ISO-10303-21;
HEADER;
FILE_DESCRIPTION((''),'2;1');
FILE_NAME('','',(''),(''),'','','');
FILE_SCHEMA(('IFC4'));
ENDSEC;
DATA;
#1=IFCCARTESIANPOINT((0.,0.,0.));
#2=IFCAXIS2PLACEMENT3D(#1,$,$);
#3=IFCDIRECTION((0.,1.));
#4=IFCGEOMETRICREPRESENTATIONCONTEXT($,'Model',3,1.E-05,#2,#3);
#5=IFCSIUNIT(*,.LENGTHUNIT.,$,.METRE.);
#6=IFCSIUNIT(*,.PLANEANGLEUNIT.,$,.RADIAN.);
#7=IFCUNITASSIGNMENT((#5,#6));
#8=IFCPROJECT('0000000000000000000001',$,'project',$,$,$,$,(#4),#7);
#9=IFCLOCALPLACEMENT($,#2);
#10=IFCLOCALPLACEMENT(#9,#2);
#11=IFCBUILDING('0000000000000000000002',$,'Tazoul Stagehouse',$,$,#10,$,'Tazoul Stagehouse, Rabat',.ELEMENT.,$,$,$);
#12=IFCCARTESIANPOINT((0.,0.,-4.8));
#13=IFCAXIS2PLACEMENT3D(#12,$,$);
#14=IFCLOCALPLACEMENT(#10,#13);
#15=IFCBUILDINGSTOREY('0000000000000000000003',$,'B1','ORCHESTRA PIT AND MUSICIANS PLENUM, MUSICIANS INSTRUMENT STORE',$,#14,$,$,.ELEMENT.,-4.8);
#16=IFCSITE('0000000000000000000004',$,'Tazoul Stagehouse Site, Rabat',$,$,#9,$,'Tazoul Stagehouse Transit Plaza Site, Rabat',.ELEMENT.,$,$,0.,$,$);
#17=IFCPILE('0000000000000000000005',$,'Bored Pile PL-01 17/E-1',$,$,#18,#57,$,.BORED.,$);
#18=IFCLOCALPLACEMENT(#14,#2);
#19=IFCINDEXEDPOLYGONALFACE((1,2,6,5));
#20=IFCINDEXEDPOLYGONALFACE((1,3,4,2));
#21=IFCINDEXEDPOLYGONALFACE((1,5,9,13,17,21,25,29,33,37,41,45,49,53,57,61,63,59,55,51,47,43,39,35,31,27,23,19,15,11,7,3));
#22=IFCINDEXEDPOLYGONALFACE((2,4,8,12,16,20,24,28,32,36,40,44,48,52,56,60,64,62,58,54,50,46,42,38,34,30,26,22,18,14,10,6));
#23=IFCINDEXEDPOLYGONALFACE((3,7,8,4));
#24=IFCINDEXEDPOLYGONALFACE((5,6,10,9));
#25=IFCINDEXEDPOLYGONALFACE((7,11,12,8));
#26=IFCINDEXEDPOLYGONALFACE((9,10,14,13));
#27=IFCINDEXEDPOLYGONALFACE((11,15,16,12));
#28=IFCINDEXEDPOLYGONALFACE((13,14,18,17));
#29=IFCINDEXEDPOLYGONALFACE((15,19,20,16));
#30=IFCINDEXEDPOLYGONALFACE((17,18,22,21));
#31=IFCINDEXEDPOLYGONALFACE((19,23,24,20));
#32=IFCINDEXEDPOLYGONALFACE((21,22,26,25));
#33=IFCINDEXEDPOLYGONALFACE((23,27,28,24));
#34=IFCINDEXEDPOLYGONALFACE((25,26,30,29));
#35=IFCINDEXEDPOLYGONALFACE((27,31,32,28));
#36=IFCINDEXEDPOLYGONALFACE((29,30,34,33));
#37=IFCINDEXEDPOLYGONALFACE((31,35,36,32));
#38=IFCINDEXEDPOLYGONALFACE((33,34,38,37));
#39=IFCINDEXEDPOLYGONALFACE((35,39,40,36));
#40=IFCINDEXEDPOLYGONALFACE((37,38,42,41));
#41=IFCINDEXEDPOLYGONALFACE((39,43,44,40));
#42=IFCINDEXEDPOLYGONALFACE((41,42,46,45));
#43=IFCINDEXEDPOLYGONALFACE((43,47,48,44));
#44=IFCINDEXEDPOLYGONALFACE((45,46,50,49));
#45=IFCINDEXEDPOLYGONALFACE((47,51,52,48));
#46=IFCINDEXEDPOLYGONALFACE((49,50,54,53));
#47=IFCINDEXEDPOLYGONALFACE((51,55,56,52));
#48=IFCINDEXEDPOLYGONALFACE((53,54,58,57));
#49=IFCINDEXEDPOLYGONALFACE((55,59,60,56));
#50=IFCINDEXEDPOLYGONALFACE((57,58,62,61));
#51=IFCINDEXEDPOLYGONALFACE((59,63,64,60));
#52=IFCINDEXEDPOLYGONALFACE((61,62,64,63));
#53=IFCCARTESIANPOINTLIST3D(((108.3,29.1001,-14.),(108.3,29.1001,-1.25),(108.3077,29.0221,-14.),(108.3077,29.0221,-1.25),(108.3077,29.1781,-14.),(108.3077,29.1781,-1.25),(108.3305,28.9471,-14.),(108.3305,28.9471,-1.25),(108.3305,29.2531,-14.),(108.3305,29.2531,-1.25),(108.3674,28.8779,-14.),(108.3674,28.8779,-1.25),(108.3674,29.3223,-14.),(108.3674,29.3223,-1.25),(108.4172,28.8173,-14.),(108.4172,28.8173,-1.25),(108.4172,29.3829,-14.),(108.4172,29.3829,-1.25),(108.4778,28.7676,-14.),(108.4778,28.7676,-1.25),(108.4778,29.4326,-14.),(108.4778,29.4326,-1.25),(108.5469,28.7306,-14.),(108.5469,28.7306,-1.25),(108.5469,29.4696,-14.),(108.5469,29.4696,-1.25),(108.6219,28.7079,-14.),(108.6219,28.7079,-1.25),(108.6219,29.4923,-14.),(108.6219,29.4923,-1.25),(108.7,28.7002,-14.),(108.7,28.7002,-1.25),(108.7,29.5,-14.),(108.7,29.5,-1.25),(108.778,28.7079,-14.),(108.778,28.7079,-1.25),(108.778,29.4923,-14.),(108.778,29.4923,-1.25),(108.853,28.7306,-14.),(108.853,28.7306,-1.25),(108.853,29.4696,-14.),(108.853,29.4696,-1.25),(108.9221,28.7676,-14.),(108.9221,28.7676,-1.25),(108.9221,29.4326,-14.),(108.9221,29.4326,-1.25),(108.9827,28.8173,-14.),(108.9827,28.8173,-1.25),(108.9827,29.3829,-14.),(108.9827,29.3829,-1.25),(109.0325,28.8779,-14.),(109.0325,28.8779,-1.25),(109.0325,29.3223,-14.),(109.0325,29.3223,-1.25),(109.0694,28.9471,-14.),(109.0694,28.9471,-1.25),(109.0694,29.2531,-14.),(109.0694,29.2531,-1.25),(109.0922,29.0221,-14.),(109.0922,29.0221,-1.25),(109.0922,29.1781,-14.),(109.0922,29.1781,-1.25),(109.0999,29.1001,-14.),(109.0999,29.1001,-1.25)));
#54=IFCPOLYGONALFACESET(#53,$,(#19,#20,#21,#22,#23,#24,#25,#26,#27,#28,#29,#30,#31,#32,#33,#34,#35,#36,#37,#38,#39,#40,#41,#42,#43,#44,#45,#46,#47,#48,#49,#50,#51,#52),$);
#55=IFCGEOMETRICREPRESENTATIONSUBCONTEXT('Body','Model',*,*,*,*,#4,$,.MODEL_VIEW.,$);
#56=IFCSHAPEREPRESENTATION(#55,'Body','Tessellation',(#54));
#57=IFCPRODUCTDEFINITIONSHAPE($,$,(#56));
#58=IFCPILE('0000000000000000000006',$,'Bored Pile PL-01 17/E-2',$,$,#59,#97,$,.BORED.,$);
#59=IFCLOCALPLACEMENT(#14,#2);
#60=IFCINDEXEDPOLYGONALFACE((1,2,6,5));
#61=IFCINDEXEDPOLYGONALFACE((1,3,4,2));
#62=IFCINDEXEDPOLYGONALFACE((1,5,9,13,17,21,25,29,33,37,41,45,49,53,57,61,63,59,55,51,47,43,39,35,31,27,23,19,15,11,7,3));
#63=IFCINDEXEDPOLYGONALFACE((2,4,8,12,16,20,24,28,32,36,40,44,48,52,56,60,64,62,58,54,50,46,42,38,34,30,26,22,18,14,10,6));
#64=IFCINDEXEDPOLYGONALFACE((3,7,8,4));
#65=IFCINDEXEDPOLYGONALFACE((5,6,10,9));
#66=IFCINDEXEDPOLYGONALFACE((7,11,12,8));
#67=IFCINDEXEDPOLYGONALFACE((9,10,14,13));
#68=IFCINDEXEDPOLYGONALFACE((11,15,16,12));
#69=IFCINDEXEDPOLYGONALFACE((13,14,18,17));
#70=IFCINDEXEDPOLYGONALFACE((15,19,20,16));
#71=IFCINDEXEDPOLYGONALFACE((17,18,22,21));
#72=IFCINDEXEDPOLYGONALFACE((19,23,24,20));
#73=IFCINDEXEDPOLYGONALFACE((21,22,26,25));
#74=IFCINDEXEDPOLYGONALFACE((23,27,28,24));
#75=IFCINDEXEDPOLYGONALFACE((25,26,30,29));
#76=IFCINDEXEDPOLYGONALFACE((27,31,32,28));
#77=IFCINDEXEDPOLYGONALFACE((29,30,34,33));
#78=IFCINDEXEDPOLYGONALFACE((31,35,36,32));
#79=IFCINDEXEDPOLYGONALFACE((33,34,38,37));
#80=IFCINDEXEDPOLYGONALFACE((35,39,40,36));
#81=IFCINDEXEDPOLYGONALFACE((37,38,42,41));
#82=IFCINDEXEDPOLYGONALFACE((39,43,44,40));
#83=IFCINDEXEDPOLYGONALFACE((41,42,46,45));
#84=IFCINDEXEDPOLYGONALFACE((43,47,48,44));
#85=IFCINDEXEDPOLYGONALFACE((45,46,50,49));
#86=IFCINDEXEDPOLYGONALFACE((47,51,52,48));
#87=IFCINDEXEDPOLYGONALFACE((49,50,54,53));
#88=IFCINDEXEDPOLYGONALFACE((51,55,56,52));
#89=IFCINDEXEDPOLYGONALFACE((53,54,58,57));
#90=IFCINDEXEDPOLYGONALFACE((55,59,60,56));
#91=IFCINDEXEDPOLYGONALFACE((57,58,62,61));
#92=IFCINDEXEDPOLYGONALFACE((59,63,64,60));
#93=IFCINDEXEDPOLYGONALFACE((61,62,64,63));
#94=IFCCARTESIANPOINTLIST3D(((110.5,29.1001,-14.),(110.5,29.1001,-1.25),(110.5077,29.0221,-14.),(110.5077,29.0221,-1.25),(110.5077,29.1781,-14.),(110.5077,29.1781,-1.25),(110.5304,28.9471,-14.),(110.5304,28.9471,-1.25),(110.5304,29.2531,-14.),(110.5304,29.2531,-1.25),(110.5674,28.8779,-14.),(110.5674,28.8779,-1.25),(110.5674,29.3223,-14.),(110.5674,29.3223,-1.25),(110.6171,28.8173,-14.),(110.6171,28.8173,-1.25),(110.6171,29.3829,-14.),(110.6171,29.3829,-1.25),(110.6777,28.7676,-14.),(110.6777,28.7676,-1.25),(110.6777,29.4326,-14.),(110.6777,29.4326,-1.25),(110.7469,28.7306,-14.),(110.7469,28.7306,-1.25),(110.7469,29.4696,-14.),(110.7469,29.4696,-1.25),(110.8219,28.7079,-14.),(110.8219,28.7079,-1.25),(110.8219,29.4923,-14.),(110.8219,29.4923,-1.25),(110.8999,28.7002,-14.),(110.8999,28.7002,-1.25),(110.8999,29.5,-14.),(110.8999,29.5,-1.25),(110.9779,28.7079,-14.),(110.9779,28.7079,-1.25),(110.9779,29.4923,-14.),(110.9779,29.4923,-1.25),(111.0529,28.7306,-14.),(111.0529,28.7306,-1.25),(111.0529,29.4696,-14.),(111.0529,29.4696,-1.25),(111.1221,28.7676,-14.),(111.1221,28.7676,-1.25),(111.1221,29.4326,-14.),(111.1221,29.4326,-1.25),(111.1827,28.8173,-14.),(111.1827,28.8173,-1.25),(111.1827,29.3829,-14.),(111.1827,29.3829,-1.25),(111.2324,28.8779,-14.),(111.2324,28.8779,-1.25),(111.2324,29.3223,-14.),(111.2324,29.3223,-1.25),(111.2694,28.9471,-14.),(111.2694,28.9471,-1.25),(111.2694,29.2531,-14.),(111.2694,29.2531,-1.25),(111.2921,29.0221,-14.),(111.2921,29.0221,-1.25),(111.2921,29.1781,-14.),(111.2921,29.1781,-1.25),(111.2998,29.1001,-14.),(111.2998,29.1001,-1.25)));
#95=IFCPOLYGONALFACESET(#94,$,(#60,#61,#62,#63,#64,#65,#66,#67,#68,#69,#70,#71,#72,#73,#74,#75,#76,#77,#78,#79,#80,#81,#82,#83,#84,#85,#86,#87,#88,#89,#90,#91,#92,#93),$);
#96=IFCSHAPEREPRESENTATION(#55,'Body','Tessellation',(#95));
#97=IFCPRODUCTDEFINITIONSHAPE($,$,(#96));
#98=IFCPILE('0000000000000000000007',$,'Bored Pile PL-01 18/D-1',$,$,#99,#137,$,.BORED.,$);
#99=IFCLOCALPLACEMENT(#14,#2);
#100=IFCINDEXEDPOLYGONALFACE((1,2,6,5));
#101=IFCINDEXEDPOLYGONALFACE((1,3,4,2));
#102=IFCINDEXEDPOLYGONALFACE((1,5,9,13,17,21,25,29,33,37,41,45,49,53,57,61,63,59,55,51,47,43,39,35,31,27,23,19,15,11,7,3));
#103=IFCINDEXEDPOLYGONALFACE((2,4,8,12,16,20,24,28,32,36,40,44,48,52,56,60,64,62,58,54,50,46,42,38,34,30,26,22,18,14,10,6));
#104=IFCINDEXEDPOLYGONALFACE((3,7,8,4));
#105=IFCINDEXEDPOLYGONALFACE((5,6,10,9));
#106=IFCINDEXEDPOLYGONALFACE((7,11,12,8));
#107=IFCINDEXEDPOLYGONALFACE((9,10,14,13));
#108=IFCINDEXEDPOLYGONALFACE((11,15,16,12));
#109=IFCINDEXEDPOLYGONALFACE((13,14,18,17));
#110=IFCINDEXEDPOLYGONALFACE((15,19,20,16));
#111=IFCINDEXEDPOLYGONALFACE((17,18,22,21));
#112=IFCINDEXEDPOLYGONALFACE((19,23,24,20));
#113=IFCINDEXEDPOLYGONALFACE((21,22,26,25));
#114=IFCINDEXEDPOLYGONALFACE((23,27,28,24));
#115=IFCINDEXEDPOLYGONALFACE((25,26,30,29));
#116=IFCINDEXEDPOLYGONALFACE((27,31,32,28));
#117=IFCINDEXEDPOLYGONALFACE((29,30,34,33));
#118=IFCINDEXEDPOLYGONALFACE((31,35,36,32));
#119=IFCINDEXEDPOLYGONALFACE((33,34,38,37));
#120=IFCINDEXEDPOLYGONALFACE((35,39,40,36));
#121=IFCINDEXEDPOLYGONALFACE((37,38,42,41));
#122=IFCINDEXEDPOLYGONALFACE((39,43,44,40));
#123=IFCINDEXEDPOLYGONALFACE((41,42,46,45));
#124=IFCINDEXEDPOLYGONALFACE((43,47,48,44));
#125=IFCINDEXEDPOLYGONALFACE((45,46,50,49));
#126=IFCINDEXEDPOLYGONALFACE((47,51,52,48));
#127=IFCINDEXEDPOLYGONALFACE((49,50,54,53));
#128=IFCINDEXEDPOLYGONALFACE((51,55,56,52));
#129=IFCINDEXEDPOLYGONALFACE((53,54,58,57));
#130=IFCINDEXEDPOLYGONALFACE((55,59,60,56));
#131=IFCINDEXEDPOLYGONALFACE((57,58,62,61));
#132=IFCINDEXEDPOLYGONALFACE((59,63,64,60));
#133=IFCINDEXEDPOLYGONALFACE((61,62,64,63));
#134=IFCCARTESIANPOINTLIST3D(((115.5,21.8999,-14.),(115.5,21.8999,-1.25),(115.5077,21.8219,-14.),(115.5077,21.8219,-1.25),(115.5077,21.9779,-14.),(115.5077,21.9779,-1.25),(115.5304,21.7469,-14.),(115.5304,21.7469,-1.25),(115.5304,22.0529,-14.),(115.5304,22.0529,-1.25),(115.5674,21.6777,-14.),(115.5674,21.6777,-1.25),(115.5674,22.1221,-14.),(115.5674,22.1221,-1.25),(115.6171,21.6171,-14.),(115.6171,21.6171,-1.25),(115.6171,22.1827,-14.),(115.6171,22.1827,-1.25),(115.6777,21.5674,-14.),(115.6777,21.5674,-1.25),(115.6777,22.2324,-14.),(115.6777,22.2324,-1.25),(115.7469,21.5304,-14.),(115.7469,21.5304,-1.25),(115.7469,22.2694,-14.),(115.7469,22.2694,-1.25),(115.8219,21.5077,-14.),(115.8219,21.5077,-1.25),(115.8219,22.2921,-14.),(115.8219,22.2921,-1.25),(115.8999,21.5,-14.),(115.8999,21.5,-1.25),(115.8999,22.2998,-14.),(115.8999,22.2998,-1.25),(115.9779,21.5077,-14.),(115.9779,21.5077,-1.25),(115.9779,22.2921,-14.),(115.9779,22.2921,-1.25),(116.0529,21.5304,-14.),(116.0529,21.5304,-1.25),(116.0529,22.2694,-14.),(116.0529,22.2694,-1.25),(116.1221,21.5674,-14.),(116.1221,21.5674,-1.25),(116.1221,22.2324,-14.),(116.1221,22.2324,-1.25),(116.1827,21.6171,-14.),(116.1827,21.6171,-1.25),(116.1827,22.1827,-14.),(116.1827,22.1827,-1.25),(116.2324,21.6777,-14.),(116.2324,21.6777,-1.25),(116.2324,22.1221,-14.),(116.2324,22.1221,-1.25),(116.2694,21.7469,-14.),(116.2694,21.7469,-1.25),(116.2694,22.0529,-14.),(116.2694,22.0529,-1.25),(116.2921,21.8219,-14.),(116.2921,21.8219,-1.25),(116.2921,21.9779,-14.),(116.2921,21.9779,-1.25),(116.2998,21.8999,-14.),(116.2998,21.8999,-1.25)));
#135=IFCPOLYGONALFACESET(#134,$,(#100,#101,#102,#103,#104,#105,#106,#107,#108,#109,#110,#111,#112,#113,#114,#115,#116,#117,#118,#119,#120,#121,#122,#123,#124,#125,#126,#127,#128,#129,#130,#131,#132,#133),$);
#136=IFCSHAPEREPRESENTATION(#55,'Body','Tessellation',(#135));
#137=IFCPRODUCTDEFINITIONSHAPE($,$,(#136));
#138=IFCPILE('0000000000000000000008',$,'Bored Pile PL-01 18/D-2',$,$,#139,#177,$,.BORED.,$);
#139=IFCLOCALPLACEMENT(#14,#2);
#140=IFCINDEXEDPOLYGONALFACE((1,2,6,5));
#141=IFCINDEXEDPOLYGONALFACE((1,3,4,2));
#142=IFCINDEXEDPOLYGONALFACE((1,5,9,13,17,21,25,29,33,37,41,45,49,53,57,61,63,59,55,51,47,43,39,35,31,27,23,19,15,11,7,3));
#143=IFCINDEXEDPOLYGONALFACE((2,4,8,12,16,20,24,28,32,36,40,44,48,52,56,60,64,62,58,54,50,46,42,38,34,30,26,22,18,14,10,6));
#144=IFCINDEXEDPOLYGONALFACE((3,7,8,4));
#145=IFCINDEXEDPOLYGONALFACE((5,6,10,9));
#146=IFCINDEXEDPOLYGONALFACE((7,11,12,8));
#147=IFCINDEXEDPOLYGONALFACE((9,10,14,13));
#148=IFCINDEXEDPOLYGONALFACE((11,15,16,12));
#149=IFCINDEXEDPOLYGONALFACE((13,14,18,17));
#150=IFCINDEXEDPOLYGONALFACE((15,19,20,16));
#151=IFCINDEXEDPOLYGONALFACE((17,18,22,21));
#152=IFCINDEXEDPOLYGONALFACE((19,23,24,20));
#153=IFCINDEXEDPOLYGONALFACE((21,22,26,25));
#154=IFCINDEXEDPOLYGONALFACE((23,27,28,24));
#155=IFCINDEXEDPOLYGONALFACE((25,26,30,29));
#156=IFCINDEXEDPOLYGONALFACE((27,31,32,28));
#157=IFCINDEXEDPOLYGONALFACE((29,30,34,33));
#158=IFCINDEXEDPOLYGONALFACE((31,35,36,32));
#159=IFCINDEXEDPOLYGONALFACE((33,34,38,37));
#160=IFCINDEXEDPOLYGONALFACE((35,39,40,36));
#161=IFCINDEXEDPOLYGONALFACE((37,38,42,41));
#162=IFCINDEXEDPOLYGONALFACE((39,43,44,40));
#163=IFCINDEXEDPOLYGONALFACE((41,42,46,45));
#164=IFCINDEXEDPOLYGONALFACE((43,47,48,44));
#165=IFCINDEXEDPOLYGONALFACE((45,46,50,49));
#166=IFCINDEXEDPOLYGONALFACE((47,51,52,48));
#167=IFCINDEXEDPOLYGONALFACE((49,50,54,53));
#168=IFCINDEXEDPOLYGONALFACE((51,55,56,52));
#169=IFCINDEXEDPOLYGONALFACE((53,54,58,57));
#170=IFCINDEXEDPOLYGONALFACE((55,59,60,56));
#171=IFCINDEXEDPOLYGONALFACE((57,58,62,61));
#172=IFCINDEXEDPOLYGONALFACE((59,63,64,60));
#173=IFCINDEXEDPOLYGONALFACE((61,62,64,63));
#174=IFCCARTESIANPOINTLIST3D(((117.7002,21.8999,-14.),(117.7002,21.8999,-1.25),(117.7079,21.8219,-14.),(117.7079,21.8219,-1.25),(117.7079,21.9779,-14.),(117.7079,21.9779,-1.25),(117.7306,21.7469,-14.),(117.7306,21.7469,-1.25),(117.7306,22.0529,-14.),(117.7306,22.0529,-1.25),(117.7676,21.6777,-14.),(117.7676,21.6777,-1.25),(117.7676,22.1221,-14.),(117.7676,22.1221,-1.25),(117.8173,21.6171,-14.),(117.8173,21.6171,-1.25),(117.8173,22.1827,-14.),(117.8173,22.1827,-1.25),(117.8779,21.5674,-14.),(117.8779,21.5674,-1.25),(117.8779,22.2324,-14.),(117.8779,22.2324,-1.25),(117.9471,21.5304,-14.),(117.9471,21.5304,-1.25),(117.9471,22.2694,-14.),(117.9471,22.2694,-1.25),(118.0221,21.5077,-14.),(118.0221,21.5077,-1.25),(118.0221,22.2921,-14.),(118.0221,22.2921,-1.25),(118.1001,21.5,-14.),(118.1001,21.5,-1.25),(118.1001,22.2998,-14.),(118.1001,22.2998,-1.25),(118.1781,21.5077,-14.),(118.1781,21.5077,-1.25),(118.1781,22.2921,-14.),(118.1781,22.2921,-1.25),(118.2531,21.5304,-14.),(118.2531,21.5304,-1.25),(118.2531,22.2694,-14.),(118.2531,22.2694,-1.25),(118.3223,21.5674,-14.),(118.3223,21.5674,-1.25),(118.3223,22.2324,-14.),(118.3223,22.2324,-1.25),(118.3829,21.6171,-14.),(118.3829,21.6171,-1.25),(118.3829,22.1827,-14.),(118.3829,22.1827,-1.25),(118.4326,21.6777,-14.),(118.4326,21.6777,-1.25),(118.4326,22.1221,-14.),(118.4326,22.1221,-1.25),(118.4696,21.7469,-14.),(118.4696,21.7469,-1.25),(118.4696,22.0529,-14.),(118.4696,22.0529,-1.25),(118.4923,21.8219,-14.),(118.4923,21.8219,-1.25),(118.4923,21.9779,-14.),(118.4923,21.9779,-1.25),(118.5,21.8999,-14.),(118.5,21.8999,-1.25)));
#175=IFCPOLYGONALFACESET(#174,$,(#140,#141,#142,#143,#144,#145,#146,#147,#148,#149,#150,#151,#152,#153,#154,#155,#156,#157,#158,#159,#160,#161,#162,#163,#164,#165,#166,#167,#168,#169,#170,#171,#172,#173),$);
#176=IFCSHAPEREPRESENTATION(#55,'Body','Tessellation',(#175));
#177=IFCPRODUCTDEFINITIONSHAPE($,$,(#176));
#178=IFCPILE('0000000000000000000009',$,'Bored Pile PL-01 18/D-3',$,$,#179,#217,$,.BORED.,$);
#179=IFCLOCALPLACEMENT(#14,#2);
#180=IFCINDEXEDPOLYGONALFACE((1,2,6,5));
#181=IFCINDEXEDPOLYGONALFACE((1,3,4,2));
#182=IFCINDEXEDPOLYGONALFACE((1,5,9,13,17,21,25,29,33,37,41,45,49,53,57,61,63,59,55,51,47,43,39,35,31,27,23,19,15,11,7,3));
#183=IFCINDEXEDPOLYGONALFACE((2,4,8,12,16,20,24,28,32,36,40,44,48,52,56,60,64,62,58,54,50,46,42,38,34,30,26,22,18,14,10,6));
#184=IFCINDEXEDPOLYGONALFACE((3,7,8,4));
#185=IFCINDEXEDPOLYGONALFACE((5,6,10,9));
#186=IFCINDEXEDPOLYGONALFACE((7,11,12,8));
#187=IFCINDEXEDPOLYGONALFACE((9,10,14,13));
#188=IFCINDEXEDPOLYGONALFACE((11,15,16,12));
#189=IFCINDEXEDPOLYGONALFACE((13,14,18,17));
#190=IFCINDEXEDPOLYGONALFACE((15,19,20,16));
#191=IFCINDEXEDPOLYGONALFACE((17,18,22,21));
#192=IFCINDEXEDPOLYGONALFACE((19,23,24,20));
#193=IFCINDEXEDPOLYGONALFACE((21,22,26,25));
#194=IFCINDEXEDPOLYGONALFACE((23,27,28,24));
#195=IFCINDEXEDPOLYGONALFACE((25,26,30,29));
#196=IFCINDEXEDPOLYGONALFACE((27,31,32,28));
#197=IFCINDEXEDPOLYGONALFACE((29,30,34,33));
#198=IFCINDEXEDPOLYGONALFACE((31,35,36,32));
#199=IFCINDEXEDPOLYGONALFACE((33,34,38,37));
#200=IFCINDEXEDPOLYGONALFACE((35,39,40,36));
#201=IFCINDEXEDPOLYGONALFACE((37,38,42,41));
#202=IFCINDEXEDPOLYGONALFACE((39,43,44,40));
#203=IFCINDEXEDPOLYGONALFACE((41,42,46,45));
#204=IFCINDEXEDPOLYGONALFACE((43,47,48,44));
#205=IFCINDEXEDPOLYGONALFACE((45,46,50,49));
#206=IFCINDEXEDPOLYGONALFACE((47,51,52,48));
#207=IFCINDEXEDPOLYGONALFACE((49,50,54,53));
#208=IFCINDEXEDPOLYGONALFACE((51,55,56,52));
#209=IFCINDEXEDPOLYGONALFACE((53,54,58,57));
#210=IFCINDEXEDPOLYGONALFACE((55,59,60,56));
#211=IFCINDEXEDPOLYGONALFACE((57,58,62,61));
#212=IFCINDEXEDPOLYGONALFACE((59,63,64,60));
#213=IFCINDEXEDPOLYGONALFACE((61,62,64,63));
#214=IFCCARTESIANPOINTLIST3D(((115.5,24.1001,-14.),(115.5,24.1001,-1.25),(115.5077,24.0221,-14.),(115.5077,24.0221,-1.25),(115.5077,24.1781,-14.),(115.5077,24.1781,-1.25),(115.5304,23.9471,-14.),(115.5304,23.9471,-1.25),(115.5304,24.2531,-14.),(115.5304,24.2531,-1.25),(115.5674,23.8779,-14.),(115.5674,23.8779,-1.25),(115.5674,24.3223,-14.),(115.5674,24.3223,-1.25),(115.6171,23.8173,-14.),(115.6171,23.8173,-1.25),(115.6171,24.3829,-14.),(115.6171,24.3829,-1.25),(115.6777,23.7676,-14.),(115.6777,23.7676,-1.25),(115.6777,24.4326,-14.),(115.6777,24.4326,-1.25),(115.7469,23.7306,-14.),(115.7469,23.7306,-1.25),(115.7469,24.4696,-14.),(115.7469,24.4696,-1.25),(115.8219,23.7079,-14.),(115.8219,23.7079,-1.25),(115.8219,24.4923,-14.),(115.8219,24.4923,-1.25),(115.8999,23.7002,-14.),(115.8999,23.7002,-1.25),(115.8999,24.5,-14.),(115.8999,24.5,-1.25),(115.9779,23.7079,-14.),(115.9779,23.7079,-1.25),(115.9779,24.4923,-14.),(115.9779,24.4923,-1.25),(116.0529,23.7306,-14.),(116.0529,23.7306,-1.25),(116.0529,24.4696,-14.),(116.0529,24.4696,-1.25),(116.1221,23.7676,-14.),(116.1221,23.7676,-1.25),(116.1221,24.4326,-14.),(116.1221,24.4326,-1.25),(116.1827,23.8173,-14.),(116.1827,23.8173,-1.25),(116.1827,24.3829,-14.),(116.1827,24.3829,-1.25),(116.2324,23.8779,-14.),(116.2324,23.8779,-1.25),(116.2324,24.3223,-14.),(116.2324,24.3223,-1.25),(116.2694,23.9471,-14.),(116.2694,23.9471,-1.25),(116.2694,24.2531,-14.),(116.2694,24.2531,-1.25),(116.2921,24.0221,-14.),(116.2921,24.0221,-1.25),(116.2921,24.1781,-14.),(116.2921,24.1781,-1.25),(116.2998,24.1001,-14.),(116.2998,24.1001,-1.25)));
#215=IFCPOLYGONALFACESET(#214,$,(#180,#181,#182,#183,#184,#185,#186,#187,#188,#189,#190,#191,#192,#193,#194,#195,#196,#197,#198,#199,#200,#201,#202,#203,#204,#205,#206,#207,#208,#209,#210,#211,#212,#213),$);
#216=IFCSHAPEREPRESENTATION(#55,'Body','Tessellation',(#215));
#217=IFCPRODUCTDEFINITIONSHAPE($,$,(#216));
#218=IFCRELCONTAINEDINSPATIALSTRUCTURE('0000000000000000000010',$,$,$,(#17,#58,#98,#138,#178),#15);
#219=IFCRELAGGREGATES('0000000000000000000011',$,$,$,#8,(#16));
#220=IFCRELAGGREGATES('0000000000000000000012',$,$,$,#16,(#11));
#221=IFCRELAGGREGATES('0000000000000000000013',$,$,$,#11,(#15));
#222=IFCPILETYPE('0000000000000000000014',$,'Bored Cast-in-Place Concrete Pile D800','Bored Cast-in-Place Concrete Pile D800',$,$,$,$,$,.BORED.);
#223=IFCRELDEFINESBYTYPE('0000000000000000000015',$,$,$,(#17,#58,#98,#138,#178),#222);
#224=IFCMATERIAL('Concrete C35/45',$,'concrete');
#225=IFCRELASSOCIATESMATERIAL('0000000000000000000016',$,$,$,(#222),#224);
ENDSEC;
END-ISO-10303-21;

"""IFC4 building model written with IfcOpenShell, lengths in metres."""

from ifc_helpers import new_model, si_unit, direction, frame, origin, origin_2d, place, context, subcontext, project, spatial, circle, extrude, material, material_profile, profile_set, type_object, element, save


model = new_model("IFC4")

# Units and contexts
model_context = context("Model", 3, precision=1e-05, world=origin(), true_north=direction((0.0, 1.0)))
body_context = subcontext(model_context, "Body", "Model", "MODEL_VIEW")
ifc_project = project(units=[si_unit("LENGTHUNIT", "METRE"), si_unit("PLANEANGLEUNIT", "RADIAN")], contexts=[model_context])

# Site, building, storey
site_placement = place(None, origin())
site = spatial("IfcSite", under=ifc_project, at=site_placement, Name="Tazoul Stagehouse Site, Rabat", LongName="Tazoul Stagehouse Transit Plaza Site, Rabat", CompositionType="ELEMENT", RefElevation=0.0)
building_placement = place(site_placement, origin())
building = spatial("IfcBuilding", under=site, at=building_placement, Name="Tazoul Stagehouse", LongName="Tazoul Stagehouse, Rabat", CompositionType="ELEMENT")
storey_placement = place(building_placement, frame((0.0, 0.0, -4.8)))
storey = spatial("IfcBuildingStorey", under=building, at=storey_placement, Name="B1", Description="ORCHESTRA PIT AND MUSICIANS PLENUM, MUSICIANS INSTRUMENT STORE", CompositionType="ELEMENT", Elevation=-4.8)

# Piles
ifc_material_1 = material(Name="Concrete C35/45", Category="concrete")
ifc_material_profile_1 = material_profile(ifc_material_1, circle(Radius=0.3999, at=origin_2d()), Name="BORED PILE 800")
ifc_profile_set_1 = profile_set([ifc_material_profile_1], Name="Concrete C35/45")
pile_type = type_object("IfcPileType", Name="Bored Cast-in-Place Concrete Pile D800", Description="Bored Cast-in-Place Concrete Pile D800", PredefinedType="BORED", material=ifc_profile_set_1)
for number, where, z_axis, x_axis, name in (
    (1, (108.7, 29.1001, -1.25), (0.0, 0.0, -1.0), (1.0, 0.0, 0.0), "Bored Pile PL-01 17/E-1"),
    (2, (110.8999, 29.1001, -1.25), (0.0, 0.0, -1.0), (1.0, 0.0, 0.0), "Bored Pile PL-01 17/E-2"),
    (3, (115.8999, 21.8999, -1.25), (0.0, 0.0, -1.0), (1.0, 0.0, 0.0), "Bored Pile PL-01 18/D-1"),
    (4, (118.1001, 21.8999, -1.25), (0.0, 0.0, -1.0), (1.0, 0.0, 0.0), "Bored Pile PL-01 18/D-2"),
    (5, (115.8999, 24.1001, -1.25), (0.0, 0.0, -1.0), (1.0, 0.0, 0.0), "Bored Pile PL-01 18/D-3"),
):
    element("IfcPile", number, at=place(storey_placement, frame(where, z_axis=z_axis, x_axis=x_axis)), inside=storey, type_object=pile_type, Name=name, PredefinedType="BORED", context=body_context, shape_type="SweptSolid", body=[
        extrude(circle(Radius=0.3999, at=origin_2d()), origin(), (0.0, 0.0, 1.0), 12.75),
    ])

save(model, "model.ifc")
